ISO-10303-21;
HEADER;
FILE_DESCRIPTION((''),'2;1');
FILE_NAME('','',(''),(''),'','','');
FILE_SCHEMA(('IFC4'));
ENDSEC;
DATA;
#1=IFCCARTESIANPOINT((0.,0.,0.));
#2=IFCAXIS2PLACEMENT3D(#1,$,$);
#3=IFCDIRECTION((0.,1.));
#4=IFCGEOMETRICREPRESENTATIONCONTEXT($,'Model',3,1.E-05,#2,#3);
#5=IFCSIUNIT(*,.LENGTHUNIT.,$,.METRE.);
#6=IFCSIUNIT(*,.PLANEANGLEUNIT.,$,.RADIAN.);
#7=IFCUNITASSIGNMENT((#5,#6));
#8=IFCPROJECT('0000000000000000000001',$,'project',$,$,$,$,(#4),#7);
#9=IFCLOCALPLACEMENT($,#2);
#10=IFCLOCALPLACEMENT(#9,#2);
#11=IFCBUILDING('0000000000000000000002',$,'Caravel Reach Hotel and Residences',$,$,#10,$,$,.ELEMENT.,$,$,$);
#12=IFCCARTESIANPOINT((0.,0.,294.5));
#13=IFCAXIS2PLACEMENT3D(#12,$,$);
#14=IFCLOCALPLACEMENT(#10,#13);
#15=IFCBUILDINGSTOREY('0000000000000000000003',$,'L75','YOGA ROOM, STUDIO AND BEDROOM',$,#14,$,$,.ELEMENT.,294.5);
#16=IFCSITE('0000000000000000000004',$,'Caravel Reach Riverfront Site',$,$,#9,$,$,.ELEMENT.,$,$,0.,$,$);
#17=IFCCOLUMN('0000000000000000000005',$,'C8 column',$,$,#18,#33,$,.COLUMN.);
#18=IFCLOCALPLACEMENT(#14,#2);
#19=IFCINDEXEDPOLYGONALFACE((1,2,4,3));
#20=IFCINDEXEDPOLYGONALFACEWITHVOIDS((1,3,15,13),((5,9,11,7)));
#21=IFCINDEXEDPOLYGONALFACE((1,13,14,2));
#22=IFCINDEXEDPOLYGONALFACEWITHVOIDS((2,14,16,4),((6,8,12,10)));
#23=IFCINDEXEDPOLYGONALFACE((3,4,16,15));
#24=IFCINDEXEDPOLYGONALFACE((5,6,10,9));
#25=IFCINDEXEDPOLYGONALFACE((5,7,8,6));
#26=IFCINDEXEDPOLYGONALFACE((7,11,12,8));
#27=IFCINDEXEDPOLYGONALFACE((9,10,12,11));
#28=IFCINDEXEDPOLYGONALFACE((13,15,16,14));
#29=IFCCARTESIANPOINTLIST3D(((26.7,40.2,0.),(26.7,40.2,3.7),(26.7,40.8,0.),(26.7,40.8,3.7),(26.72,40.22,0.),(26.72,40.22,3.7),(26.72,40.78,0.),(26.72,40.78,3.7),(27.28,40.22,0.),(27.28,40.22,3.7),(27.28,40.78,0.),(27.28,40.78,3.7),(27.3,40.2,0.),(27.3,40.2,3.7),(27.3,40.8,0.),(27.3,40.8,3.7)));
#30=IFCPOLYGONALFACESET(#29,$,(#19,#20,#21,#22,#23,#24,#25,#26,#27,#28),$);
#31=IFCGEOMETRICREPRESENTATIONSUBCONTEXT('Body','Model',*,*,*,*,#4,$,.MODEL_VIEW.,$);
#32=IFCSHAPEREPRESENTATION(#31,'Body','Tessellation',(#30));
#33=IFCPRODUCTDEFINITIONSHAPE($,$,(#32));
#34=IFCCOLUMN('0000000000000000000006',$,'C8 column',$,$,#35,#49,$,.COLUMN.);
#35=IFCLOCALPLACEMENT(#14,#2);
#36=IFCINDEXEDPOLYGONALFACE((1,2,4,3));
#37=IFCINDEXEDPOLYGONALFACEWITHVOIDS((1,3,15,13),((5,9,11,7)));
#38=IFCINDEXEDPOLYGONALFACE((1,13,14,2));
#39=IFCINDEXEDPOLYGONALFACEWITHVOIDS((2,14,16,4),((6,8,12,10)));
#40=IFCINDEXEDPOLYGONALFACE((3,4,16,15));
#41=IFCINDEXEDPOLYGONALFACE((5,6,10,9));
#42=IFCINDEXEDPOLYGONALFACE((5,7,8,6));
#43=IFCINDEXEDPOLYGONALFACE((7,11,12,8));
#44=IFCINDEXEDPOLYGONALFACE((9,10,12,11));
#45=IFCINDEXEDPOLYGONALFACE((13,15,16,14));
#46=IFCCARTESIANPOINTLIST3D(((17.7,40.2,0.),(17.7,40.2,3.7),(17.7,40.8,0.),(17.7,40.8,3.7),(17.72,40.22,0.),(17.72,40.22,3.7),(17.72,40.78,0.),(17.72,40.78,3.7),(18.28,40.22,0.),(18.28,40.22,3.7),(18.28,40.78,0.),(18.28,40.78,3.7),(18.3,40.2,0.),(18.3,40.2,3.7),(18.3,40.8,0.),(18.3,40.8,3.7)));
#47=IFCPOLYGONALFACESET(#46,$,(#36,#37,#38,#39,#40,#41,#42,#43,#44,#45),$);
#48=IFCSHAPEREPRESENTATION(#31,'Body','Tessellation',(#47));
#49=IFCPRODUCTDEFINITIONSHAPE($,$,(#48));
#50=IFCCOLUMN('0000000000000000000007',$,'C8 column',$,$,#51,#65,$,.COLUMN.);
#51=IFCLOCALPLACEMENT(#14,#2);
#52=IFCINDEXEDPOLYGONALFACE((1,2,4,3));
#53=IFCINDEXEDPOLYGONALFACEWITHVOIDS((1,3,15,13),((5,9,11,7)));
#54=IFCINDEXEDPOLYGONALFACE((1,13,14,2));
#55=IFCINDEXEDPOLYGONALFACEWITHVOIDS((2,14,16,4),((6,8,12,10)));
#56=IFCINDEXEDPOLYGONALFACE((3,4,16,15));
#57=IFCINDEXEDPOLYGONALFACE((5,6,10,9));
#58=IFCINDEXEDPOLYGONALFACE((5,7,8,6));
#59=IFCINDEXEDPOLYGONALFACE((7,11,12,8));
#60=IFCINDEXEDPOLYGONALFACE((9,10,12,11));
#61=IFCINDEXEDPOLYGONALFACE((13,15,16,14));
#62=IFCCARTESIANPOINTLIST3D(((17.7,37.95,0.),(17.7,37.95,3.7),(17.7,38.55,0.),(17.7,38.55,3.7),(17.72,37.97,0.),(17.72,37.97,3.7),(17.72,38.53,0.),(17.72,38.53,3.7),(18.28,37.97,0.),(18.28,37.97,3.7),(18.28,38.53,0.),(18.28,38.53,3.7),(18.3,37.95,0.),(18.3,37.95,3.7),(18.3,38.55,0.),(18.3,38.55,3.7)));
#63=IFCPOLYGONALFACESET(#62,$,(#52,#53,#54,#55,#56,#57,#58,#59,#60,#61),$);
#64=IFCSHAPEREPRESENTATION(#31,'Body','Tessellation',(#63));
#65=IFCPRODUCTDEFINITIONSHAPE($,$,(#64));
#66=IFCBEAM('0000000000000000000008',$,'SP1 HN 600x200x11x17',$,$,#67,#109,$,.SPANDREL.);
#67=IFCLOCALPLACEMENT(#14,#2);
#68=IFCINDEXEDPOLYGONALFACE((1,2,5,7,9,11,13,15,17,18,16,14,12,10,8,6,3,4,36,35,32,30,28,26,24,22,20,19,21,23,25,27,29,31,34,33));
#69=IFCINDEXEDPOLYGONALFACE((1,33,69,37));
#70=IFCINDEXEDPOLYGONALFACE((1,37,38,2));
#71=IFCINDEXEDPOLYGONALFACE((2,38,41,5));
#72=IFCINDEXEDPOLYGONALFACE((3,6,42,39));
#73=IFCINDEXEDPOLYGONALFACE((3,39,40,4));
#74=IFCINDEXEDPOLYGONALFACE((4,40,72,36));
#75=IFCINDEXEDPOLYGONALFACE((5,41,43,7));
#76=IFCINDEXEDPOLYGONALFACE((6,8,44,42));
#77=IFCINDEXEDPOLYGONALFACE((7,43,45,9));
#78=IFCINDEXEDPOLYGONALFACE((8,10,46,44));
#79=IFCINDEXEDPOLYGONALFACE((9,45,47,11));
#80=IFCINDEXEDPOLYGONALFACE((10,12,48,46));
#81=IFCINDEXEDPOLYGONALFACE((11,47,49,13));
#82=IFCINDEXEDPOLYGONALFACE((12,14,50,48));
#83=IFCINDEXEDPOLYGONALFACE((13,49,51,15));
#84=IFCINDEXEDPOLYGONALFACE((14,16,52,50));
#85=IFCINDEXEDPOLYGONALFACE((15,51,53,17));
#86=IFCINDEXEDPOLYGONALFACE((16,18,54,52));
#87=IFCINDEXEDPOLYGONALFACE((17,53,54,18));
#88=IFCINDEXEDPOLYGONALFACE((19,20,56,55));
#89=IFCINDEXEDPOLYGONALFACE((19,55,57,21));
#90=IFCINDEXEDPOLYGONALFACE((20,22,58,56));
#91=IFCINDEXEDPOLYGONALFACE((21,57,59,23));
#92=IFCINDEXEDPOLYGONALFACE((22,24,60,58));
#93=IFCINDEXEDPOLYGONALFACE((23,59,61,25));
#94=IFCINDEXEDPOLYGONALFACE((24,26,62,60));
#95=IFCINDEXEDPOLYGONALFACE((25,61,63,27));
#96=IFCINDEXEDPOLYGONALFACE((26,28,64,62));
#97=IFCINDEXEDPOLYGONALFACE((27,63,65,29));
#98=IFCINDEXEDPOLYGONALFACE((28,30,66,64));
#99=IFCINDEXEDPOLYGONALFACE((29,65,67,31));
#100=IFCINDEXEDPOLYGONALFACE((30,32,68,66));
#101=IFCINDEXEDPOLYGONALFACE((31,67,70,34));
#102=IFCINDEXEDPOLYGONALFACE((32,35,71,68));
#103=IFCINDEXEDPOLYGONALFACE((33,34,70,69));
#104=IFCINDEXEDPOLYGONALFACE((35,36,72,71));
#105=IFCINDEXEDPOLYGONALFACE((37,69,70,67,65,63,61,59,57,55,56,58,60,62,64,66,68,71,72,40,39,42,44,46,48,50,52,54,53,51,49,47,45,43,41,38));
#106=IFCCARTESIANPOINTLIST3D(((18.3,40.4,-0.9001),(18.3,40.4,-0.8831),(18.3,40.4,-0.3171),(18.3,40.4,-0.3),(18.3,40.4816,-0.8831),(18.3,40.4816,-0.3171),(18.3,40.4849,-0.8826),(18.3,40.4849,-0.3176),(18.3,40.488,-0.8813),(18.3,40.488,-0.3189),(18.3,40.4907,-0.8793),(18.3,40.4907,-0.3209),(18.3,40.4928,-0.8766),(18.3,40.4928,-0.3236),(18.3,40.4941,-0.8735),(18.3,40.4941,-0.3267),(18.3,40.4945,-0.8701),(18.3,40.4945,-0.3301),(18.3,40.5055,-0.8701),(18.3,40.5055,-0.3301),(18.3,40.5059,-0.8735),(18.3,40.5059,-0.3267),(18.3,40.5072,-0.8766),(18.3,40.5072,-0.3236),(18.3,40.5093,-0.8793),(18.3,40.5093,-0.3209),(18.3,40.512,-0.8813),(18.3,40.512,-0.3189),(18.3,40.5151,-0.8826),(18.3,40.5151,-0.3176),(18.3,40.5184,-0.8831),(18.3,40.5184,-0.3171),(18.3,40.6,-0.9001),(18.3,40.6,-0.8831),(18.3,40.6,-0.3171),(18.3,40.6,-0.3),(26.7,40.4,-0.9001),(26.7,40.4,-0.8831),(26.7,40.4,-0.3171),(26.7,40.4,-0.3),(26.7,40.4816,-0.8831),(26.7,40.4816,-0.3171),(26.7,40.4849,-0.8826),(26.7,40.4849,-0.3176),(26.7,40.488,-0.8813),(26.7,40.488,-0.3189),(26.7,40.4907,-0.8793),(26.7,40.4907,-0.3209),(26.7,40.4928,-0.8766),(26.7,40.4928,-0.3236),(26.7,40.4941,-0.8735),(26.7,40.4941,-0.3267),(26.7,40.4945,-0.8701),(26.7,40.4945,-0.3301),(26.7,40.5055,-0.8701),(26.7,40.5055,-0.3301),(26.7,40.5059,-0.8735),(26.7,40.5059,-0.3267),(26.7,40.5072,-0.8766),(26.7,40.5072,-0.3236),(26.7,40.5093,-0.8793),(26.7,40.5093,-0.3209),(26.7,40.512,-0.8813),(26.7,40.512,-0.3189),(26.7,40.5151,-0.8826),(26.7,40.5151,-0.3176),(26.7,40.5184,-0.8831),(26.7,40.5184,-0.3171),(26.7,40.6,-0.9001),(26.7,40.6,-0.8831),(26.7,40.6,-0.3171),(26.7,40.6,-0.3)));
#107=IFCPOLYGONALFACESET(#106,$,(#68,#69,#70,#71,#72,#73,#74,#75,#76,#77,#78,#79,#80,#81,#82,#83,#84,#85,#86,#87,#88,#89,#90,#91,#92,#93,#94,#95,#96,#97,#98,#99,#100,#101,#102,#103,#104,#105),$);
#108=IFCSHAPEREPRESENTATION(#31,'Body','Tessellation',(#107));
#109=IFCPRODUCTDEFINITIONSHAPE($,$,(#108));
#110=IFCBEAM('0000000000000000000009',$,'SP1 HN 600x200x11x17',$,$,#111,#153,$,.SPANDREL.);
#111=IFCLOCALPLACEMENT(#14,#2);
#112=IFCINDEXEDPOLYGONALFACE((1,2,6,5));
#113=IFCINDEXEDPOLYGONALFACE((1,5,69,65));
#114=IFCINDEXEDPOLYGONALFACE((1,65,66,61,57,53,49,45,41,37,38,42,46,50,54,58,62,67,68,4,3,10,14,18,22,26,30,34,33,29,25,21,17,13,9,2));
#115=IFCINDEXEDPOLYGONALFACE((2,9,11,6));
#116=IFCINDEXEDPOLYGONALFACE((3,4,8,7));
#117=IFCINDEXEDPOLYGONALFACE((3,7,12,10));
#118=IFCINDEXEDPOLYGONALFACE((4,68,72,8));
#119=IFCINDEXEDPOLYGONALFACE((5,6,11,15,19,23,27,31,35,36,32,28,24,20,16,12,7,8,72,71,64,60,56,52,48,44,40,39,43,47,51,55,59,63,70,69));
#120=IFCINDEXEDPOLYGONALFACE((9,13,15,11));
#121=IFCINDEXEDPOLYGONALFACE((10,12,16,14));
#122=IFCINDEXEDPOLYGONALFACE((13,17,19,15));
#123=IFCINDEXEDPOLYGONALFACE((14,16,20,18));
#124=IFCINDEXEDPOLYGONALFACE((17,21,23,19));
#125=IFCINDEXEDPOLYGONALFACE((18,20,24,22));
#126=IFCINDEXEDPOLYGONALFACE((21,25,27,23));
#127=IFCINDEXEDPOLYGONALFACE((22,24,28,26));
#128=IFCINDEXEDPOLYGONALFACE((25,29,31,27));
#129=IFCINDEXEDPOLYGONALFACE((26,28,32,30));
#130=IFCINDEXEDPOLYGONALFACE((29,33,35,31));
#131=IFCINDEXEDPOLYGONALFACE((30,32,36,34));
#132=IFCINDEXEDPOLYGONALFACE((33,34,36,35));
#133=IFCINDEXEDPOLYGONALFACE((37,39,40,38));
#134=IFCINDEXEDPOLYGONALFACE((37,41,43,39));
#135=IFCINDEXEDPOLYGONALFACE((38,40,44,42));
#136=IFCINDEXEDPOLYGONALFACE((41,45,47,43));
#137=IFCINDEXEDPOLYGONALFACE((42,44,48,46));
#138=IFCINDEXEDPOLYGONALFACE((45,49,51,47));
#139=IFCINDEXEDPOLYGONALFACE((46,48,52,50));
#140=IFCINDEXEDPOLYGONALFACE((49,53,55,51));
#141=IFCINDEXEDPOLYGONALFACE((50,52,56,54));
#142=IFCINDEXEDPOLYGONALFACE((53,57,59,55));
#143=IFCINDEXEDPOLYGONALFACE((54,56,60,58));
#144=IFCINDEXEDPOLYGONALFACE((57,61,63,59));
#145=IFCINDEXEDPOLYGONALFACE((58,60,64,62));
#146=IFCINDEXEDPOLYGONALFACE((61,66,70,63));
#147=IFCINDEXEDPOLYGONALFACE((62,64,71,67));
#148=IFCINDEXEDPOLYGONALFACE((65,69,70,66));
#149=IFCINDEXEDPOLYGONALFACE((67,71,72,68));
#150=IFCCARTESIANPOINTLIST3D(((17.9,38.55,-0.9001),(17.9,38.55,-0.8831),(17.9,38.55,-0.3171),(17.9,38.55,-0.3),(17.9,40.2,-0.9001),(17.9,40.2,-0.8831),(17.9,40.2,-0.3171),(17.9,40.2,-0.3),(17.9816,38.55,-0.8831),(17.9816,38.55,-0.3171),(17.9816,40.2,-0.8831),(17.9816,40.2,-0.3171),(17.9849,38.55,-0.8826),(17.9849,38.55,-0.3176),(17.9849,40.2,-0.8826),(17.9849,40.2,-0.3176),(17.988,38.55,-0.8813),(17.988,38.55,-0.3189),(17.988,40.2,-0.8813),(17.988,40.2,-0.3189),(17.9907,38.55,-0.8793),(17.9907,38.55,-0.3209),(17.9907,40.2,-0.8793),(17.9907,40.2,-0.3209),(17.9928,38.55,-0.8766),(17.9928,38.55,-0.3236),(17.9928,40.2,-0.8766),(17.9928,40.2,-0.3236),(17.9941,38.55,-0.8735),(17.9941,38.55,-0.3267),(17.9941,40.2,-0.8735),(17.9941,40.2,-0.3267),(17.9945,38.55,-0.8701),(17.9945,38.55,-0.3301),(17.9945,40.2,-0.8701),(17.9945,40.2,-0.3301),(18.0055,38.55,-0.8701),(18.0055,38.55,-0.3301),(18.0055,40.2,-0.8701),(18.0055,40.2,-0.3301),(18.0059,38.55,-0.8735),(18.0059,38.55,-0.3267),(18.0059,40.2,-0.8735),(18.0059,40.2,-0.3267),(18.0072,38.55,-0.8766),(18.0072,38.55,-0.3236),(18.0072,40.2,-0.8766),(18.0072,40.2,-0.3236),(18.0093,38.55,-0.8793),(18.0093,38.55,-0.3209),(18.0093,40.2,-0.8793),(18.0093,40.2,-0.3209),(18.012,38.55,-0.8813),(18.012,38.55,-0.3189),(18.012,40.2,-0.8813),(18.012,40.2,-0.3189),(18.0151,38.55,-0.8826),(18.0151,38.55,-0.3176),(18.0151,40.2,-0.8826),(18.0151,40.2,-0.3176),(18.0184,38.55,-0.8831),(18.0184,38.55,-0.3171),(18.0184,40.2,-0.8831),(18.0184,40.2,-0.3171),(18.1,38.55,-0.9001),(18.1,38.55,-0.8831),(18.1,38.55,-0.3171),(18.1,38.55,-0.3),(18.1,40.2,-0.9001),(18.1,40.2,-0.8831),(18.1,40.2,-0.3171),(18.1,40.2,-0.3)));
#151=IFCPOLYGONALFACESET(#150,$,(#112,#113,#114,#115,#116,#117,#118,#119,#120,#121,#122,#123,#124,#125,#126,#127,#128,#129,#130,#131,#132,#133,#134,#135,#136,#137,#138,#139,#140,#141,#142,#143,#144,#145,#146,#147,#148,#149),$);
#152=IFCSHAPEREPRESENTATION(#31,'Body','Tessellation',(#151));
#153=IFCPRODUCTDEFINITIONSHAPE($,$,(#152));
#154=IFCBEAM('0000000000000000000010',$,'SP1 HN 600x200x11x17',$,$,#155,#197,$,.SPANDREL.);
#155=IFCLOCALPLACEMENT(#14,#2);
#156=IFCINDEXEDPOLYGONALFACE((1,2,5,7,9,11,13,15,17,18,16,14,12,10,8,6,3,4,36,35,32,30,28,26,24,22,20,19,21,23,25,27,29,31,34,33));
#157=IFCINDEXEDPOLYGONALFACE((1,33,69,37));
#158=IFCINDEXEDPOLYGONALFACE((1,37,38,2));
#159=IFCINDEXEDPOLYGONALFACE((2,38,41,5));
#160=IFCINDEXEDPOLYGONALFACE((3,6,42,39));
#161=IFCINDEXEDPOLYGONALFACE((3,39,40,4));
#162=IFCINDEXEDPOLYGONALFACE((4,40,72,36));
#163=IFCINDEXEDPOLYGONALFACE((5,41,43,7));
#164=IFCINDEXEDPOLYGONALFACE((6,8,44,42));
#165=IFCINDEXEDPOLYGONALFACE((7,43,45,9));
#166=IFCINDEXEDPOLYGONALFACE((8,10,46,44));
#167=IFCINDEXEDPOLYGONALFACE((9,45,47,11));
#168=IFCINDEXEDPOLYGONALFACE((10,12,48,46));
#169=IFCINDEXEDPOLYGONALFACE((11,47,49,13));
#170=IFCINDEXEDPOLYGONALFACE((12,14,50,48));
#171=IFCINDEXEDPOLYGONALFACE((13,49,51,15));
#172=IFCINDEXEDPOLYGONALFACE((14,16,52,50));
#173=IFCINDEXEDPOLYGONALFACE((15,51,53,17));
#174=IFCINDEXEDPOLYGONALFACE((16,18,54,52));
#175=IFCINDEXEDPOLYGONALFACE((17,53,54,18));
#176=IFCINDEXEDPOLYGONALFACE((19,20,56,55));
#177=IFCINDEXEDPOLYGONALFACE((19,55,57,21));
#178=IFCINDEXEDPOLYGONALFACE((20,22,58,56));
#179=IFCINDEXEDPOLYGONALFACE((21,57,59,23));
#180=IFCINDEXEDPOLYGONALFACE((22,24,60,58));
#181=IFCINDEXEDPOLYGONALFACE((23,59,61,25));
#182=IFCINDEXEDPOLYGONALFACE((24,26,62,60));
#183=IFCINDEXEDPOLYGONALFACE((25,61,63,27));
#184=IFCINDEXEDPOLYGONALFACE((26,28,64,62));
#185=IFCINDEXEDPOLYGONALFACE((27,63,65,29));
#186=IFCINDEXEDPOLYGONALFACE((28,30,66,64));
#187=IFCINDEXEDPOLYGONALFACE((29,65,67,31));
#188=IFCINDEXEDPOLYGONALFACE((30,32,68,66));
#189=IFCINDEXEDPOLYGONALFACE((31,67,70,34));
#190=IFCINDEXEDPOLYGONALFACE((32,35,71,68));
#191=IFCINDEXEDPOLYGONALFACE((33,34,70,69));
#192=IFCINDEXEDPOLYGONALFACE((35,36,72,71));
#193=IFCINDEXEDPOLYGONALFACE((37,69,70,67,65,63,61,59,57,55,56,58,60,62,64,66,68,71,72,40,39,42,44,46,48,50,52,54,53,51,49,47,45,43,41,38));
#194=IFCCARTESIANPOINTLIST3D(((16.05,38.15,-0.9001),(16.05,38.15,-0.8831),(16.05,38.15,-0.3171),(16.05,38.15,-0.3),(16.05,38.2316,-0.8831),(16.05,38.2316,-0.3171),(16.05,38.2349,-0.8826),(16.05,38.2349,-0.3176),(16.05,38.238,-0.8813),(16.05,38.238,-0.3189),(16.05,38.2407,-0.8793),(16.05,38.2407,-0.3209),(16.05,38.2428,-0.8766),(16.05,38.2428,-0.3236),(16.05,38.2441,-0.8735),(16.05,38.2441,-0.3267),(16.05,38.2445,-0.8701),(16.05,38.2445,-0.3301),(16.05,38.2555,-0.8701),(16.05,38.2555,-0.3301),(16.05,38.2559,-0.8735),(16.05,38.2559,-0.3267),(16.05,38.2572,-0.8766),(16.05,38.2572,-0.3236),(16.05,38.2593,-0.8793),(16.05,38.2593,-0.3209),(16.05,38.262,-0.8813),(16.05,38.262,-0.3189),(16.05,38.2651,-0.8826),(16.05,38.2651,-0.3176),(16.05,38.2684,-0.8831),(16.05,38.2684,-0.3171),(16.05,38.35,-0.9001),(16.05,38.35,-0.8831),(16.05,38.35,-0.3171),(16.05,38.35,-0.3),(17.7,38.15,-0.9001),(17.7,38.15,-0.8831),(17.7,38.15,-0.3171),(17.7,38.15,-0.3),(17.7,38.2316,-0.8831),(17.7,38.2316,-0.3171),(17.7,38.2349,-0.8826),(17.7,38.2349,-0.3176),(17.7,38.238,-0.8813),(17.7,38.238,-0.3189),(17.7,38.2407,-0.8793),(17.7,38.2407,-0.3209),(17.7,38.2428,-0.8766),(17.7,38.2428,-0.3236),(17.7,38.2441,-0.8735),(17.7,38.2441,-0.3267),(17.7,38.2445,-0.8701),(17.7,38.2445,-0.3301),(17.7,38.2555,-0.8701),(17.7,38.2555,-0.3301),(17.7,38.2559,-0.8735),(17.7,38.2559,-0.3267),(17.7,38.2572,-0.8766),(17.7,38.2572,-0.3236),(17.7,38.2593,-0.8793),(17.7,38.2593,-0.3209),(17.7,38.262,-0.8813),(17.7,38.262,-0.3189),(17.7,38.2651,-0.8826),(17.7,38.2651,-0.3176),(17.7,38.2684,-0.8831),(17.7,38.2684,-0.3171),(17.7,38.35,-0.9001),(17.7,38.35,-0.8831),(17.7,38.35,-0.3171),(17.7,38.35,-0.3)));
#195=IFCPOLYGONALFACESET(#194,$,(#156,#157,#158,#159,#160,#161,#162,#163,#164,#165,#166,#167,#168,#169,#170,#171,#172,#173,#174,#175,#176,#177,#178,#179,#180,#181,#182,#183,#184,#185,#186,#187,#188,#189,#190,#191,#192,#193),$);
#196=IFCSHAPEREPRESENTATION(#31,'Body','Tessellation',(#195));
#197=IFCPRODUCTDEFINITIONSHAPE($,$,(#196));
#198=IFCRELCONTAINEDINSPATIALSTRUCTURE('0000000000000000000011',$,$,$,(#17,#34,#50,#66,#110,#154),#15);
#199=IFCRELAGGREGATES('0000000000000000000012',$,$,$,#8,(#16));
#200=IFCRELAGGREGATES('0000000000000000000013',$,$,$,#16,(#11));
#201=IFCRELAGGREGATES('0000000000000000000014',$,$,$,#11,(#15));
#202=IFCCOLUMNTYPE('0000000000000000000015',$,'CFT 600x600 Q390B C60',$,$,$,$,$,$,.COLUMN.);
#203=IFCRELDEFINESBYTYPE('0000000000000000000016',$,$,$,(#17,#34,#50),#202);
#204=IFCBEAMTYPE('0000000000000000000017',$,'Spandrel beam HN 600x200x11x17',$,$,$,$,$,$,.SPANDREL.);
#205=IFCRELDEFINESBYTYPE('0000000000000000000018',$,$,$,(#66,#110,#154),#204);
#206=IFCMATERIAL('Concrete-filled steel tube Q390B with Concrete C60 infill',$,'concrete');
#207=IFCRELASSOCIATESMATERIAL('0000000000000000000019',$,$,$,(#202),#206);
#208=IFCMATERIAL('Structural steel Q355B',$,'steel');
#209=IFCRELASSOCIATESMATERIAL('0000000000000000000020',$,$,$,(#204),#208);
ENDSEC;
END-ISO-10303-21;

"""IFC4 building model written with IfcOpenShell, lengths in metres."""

from ifc_helpers import new_model, si_unit, direction, frame, origin, origin_2d, place, context, subcontext, project, spatial, hollow_rectangle, i_section, extrude, material, material_profile, profile_set, type_object, element, save


model = new_model("IFC4")

# Units and contexts
model_context = context("Model", 3, precision=1e-05, world=origin(), true_north=direction((0.0, 1.0)))
body_context = subcontext(model_context, "Body", "Model", "MODEL_VIEW")
ifc_project = project(units=[si_unit("LENGTHUNIT", "METRE"), si_unit("PLANEANGLEUNIT", "RADIAN")], contexts=[model_context])

# Site, building, storey
site_placement = place(None, origin())
site = spatial("IfcSite", under=ifc_project, at=site_placement, Name="Caravel Reach Riverfront Site", CompositionType="ELEMENT", RefElevation=0.0)
building_placement = place(site_placement, origin())
building = spatial("IfcBuilding", under=site, at=building_placement, Name="Caravel Reach Hotel and Residences", CompositionType="ELEMENT")
storey_placement = place(building_placement, frame((0.0, 0.0, 294.5)))
storey = spatial("IfcBuildingStorey", under=building, at=storey_placement, Name="L75", Description="YOGA ROOM, STUDIO AND BEDROOM", CompositionType="ELEMENT", Elevation=294.5)

# Columns
ifc_material_1 = material(Name="Concrete-filled steel tube Q390B with Concrete C60 infill", Category="concrete")
ifc_material_profile_1 = material_profile(ifc_material_1, hollow_rectangle(XDim=0.6001, YDim=0.6001, WallThickness=0.02, at=origin_2d()), Name="RHS 600x600x20")
ifc_profile_set_1 = profile_set([ifc_material_profile_1], Name="Concrete-filled steel tube Q390B with Concrete C60 infill")
column_type = type_object("IfcColumnType", Name="CFT 600x600 Q390B C60", PredefinedType="COLUMN", material=ifc_profile_set_1)
for number, where, z_axis, x_axis, name in (
    (1, (27.0, 40.5, 0.0), (0.0, 0.0, 1.0), (1.0, 0.0, 0.0), "C8 column"),
    (2, (18.0, 40.5, 0.0), (0.0, 0.0, 1.0), (1.0, 0.0, 0.0), "C8 column"),
    (3, (18.0, 38.25, 0.0), (0.0, 0.0, 1.0), (1.0, 0.0, 0.0), "C8 column"),
):
    element("IfcColumn", number, at=place(storey_placement, frame(where, z_axis=z_axis, x_axis=x_axis)), inside=storey, type_object=column_type, Name=name, PredefinedType="COLUMN", context=body_context, shape_type="SweptSolid", body=[
        extrude(hollow_rectangle(XDim=0.6001, YDim=0.6001, WallThickness=0.02, at=origin_2d()), origin(), (0.0, 0.0, 1.0), 3.7),
    ])

# Beams
ifc_material_2 = material(Name="Structural steel Q355B", Category="steel")
ifc_material_profile_2 = material_profile(ifc_material_2, i_section(OverallWidth=0.2, OverallDepth=0.6001, WebThickness=0.011, FlangeThickness=0.0171, FilletRadius=0.0129, at=origin_2d()), Name="HN 600x200x11x17")
ifc_profile_set_2 = profile_set([ifc_material_profile_2], Name="Structural steel Q355B")
beam_type = type_object("IfcBeamType", Name="Spandrel beam HN 600x200x11x17", PredefinedType="SPANDREL", material=ifc_profile_set_2)
beam_placement = place(storey_placement, frame((26.7, 40.5, -0.6001), z_axis=(-1.0, 0.0, 0.0), x_axis=(0.0, -1.0, 0.0)))
element("IfcBeam", 4, at=beam_placement, inside=storey, type_object=beam_type, Name="SP1 HN 600x200x11x17", PredefinedType="SPANDREL", context=body_context, shape_type="SweptSolid", body=[
    extrude(i_section(OverallWidth=0.2, OverallDepth=0.6001, WebThickness=0.011, FlangeThickness=0.0171, FilletRadius=0.0129, at=origin_2d()), origin(), (0.0, 0.0, 1.0), 8.3999),
])
for number, where, z_axis, x_axis, name in (
    (5, (18.0, 40.2, -0.6001), (0.0, -1.0, 0.0), (1.0, 0.0, 0.0), "SP1 HN 600x200x11x17"),
    (6, (17.7, 38.25, -0.6001), (-1.0, 0.0, 0.0), (0.0, -1.0, 0.0), "SP1 HN 600x200x11x17"),
):
    element("IfcBeam", number, at=place(storey_placement, frame(where, z_axis=z_axis, x_axis=x_axis)), inside=storey, type_object=beam_type, Name=name, PredefinedType="SPANDREL", context=body_context, shape_type="SweptSolid", body=[
        extrude(i_section(OverallWidth=0.2, OverallDepth=0.6001, WebThickness=0.011, FlangeThickness=0.0171, FilletRadius=0.0129, at=origin_2d()), origin(), (0.0, 0.0, 1.0), 1.6499),
    ])

save(model, "model.ifc")
